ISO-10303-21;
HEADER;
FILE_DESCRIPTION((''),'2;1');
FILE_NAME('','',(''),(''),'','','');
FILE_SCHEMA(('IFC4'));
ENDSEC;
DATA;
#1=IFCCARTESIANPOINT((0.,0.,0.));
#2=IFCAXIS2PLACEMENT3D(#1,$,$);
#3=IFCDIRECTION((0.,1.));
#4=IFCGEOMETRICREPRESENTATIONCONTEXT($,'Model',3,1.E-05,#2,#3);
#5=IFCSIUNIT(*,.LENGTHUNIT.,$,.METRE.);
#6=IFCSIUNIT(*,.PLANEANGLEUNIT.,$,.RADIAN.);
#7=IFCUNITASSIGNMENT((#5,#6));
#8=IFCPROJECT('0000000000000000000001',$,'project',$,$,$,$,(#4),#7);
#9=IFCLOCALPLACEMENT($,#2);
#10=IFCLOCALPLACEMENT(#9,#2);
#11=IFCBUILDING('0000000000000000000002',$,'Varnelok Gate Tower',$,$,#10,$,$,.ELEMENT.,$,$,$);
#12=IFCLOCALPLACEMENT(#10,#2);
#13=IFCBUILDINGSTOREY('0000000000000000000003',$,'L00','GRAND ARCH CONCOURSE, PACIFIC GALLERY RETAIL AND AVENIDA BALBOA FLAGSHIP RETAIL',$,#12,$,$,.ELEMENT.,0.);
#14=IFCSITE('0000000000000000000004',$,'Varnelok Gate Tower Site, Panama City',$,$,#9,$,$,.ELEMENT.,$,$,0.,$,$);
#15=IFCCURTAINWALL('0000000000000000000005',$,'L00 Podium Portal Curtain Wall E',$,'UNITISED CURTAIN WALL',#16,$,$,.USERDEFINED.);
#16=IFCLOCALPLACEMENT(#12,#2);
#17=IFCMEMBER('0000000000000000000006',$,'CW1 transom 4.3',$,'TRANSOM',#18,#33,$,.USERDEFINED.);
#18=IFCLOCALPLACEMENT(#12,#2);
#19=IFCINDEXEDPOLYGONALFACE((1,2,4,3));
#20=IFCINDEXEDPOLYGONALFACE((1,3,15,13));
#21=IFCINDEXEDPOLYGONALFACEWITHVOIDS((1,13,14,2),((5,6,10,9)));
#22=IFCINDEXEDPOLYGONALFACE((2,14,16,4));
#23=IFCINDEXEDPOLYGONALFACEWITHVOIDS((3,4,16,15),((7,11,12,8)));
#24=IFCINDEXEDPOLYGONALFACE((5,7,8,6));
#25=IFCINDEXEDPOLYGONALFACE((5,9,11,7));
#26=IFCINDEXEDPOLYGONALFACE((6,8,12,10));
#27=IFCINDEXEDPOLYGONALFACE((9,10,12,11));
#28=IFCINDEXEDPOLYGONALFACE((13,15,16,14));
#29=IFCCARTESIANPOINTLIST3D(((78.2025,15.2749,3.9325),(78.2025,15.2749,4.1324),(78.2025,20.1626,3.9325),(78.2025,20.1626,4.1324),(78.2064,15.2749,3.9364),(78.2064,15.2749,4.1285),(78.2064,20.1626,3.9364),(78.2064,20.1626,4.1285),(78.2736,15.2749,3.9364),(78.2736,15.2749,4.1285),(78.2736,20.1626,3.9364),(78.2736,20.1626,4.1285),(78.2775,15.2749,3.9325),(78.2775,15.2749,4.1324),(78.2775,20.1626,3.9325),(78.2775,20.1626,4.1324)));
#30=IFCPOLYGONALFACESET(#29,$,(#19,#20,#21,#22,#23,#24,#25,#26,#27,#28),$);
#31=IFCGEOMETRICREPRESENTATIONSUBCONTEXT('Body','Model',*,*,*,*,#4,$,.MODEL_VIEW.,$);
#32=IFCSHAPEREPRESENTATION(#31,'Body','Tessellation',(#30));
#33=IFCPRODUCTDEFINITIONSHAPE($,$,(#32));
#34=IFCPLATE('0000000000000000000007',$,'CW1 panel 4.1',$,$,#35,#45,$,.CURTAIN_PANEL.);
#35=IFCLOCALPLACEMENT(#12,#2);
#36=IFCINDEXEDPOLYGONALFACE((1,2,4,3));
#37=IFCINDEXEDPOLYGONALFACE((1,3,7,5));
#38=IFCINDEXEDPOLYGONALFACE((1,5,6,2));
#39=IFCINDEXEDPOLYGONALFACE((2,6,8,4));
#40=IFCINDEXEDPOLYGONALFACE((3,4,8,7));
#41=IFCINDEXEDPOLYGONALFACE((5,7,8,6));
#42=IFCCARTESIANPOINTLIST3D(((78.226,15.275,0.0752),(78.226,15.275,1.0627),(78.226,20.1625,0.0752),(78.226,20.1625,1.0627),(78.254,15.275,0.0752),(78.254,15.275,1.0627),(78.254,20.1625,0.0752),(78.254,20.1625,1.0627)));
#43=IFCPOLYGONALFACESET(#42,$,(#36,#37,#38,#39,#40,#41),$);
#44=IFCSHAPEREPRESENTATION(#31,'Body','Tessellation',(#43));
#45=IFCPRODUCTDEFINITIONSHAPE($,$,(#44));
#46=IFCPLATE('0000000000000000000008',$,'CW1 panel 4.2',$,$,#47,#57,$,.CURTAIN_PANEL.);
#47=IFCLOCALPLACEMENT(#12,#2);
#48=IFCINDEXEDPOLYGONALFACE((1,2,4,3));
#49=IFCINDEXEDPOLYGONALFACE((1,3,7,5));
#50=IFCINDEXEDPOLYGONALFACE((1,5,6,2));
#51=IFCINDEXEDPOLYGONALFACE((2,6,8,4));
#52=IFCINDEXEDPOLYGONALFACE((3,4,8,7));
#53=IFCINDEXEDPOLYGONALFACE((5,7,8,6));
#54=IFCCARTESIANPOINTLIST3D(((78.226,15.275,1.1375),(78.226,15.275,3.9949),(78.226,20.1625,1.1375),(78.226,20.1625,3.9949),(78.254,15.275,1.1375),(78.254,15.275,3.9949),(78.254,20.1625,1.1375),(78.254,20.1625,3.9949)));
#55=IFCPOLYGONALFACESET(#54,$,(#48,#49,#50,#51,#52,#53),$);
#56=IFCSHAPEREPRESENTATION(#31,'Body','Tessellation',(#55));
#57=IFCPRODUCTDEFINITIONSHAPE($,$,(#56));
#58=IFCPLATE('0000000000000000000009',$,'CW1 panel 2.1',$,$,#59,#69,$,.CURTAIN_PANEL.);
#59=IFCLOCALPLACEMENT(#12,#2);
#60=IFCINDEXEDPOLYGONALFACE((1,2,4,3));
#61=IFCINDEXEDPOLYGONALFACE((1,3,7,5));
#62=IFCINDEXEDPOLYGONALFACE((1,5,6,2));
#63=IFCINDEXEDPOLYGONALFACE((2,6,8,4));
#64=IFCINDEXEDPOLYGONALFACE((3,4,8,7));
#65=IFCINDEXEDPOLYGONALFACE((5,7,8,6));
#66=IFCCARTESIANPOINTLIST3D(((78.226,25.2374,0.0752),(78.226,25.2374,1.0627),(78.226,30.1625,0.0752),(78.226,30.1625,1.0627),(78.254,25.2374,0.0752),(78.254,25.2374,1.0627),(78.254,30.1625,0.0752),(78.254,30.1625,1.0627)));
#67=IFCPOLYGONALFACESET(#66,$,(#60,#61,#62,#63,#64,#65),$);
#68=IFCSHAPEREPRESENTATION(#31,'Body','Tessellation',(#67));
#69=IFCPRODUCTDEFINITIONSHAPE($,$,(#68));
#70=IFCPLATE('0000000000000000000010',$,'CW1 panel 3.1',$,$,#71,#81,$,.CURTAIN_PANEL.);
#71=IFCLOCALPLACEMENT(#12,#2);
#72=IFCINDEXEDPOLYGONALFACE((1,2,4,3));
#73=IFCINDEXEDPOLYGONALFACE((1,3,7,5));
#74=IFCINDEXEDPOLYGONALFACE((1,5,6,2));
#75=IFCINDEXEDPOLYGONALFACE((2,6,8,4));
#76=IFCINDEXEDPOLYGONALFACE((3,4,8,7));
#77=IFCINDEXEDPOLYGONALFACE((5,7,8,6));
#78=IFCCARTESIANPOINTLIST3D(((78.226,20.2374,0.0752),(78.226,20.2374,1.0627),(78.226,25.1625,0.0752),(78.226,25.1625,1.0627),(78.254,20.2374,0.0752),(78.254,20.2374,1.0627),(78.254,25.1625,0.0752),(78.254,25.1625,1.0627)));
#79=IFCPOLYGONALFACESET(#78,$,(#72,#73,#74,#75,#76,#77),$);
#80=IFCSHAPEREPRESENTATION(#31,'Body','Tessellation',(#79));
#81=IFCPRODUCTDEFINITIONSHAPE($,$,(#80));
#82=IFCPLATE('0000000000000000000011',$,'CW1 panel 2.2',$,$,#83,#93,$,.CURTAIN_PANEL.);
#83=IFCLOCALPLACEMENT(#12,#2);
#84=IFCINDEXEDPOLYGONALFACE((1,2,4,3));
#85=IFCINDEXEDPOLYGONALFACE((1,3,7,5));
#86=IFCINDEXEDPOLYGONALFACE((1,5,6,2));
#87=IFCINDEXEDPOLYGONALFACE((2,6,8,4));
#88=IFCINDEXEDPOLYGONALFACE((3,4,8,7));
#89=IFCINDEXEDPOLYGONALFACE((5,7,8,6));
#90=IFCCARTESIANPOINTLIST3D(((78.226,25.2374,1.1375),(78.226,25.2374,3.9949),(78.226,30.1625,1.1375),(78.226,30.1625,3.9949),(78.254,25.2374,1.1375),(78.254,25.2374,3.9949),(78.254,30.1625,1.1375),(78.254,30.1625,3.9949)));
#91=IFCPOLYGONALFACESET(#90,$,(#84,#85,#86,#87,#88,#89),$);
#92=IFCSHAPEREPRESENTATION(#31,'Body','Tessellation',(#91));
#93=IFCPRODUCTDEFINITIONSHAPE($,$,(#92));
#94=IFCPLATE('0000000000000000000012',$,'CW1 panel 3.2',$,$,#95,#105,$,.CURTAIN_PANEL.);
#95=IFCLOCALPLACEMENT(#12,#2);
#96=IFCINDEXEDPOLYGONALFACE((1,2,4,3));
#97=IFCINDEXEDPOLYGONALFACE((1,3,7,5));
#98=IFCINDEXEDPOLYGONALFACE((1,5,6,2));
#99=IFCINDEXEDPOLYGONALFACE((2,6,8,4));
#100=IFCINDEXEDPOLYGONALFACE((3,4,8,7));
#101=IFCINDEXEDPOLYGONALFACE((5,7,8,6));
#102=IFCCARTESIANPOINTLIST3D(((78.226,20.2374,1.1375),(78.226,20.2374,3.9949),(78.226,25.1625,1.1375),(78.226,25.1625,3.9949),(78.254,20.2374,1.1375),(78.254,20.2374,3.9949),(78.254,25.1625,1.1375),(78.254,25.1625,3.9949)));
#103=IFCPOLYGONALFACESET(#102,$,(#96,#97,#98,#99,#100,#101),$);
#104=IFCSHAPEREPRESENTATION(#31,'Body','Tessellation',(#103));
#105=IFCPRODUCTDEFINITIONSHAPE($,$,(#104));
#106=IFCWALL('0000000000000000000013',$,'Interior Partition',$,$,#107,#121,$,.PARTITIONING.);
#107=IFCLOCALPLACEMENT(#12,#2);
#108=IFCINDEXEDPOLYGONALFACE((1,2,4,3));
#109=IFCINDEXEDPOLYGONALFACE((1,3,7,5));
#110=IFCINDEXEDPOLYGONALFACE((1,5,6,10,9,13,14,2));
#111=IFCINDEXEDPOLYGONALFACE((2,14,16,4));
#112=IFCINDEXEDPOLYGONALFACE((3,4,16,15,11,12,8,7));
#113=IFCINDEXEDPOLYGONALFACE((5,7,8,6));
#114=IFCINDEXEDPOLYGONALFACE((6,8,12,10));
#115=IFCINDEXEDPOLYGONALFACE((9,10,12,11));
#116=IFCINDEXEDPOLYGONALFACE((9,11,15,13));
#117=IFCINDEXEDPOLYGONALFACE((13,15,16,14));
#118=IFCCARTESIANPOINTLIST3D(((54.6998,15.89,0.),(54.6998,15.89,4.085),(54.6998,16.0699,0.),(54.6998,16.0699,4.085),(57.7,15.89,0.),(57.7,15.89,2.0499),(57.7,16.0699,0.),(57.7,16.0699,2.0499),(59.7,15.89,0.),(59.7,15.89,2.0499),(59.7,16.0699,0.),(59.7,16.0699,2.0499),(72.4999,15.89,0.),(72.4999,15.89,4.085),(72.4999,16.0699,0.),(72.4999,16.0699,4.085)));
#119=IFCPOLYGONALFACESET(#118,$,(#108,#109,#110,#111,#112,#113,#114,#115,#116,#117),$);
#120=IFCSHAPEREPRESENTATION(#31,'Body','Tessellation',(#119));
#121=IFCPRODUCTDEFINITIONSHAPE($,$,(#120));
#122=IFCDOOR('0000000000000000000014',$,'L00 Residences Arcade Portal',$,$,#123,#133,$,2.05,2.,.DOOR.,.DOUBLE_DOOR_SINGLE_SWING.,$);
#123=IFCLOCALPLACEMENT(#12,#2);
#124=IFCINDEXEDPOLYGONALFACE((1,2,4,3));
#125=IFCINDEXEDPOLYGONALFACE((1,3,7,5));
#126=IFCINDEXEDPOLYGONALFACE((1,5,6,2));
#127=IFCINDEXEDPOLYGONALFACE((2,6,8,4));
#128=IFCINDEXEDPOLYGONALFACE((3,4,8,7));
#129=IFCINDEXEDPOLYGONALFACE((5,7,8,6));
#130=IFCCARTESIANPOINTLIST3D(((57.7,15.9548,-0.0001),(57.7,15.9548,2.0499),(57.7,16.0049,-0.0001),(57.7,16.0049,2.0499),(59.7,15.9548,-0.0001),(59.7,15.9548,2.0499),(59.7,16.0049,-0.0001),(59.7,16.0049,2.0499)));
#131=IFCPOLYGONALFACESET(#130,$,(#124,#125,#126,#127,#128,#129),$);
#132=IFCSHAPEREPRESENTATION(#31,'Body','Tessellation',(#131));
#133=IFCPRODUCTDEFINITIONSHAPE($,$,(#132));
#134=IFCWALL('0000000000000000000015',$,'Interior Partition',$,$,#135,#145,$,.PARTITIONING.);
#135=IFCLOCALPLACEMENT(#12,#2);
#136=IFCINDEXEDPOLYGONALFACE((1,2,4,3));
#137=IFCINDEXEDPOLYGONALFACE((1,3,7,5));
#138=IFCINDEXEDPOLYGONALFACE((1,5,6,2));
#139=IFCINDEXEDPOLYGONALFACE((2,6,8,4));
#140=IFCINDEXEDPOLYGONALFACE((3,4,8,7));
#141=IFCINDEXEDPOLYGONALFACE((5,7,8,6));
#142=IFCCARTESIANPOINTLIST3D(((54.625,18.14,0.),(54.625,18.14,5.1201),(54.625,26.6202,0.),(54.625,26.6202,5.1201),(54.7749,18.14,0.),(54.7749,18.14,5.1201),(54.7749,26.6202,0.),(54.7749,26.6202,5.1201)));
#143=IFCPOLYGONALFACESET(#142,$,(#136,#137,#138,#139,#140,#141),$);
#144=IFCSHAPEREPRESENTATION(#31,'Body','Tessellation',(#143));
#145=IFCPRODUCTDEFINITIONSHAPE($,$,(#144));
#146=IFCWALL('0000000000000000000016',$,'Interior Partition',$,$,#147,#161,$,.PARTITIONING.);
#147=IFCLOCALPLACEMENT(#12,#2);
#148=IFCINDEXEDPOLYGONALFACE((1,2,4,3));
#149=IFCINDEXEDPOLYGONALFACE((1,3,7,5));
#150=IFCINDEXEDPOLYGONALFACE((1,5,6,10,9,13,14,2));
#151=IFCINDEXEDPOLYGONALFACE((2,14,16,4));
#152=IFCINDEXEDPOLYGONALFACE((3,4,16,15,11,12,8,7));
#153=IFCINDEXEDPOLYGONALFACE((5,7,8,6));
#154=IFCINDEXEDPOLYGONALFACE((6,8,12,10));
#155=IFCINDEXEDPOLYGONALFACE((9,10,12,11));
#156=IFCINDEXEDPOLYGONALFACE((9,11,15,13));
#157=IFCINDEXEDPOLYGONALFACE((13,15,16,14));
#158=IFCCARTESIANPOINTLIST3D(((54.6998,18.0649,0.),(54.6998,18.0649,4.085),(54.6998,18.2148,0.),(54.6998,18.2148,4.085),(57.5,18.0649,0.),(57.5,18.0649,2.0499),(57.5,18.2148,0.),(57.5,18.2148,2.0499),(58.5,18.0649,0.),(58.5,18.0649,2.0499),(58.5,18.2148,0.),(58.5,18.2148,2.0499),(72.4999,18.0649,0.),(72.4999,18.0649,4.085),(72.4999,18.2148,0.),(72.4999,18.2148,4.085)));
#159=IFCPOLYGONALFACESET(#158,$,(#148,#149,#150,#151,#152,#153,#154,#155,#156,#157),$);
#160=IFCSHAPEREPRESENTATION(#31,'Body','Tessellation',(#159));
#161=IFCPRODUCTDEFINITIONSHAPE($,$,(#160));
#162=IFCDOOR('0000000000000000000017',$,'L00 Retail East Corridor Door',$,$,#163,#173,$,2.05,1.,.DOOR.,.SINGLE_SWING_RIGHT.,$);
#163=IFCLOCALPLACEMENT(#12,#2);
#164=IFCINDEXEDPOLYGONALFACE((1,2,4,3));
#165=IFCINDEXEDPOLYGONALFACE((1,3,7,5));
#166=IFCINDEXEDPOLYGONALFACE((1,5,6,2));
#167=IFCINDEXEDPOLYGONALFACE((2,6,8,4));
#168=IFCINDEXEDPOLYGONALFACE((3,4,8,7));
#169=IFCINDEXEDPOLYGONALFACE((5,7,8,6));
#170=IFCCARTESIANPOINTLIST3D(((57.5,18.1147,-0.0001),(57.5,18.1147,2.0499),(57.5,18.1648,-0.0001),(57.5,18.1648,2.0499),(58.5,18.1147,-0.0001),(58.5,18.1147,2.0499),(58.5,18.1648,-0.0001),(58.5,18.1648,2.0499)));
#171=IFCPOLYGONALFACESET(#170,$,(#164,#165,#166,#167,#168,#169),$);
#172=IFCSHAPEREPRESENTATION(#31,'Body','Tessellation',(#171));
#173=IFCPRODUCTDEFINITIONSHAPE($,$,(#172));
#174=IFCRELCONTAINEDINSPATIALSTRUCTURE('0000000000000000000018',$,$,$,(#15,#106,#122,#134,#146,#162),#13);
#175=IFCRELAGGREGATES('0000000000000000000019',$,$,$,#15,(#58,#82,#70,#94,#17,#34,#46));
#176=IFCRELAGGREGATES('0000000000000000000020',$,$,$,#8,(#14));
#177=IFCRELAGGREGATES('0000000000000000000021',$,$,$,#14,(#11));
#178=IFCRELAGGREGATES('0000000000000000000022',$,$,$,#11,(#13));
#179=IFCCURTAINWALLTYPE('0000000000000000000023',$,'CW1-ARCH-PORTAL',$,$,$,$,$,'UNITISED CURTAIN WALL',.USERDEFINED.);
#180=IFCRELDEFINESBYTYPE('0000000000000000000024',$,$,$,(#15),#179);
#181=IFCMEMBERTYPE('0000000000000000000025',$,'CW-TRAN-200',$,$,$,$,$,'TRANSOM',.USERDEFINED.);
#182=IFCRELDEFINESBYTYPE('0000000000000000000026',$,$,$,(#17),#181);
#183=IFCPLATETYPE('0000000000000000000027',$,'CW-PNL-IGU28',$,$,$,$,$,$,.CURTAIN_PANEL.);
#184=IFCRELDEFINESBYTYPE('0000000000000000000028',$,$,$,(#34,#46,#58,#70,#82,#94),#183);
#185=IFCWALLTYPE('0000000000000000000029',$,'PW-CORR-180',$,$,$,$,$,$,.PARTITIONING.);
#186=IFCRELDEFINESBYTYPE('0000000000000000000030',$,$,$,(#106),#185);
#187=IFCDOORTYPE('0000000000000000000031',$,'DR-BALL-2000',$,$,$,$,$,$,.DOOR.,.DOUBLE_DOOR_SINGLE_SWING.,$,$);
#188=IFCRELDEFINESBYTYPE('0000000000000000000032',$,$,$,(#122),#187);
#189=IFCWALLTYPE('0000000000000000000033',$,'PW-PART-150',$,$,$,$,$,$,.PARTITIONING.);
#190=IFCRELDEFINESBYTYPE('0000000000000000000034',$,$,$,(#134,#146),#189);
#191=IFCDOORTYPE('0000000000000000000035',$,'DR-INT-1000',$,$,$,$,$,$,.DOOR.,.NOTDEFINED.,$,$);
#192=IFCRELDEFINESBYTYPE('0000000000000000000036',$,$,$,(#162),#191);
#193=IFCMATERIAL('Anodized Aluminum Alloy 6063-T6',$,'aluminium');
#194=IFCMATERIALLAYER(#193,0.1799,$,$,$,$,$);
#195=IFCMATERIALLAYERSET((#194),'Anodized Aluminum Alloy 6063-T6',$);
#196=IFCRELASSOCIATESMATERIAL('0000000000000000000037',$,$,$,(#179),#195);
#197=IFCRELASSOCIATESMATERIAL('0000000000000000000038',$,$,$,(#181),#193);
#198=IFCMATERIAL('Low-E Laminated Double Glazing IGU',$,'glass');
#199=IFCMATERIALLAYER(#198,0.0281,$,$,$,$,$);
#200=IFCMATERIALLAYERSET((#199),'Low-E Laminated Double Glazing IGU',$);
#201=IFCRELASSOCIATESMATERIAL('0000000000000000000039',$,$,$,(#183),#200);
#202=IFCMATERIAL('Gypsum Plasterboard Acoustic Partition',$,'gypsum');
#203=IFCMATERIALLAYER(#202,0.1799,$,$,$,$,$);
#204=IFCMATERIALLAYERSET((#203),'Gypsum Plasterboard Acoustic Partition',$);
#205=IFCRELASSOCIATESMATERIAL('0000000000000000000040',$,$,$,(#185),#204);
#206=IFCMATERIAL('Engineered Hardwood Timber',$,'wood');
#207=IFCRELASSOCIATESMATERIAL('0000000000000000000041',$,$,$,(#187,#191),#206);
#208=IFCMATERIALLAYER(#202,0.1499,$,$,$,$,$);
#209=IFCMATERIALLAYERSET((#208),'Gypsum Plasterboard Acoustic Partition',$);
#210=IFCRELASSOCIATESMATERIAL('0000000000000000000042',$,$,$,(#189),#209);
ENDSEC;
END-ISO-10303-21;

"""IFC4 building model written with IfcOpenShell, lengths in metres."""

from ifc_helpers import new_model, si_unit, direction, frame, frame_2d, origin, origin_2d, place, context, subcontext, project, spatial, rectangle, hollow_rectangle, extrude, source, transform, mapped, material, layer, layer_set, material_profile, profile_set, type_object, element, fill, aggregate, save


model = new_model("IFC4")

# Units and contexts
model_context = context("Model", 3, precision=1e-05, world=origin(), true_north=direction((0.0, 1.0)))
body_context = subcontext(model_context, "Body", "Model", "MODEL_VIEW")
ifc_project = project(units=[si_unit("LENGTHUNIT", "METRE"), si_unit("PLANEANGLEUNIT", "RADIAN")], contexts=[model_context])

# Site, building, storey
site_placement = place(None, origin())
site = spatial("IfcSite", under=ifc_project, at=site_placement, Name="Varnelok Gate Tower Site, Panama City", CompositionType="ELEMENT", RefElevation=0.0)
building_placement = place(site_placement, origin())
building = spatial("IfcBuilding", under=site, at=building_placement, Name="Varnelok Gate Tower", CompositionType="ELEMENT")
storey_placement = place(building_placement, origin())
storey = spatial("IfcBuildingStorey", under=building, at=storey_placement, Name="L00", Description="GRAND ARCH CONCOURSE, PACIFIC GALLERY RETAIL AND AVENIDA BALBOA FLAGSHIP RETAIL", CompositionType="ELEMENT", Elevation=0.0)

# Curtain wall, member, plates
ifc_material_1 = material(Name="Anodized Aluminum Alloy 6063-T6", Category="aluminium")
ifc_layer_1 = layer(ifc_material_1, 0.1799)
ifc_layer_set_1 = layer_set([ifc_layer_1], Name="Anodized Aluminum Alloy 6063-T6")
curtain_wall_type = type_object("IfcCurtainWallType", Name="CW1-ARCH-PORTAL", ElementType="UNITISED CURTAIN WALL", PredefinedType="USERDEFINED", material=ifc_layer_set_1)
curtain_wall_placement = place(storey_placement, origin())
curtain_wall = element("IfcCurtainWall", 1, at=curtain_wall_placement, inside=storey, type_object=curtain_wall_type, Name="L00 Podium Portal Curtain Wall E", ObjectType="UNITISED CURTAIN WALL", PredefinedType="USERDEFINED")
ifc_material_profile_1 = material_profile(ifc_material_1, hollow_rectangle(XDim=0.075, YDim=0.2, WallThickness=0.0039, at=origin_2d()), Name="ALU200X75X4")
ifc_profile_set_1 = profile_set([ifc_material_profile_1], Name="Anodized Aluminum Alloy 6063-T6")
member_type_1 = type_object("IfcMemberType", Name="CW-TRAN-200", ElementType="TRANSOM", PredefinedType="USERDEFINED", material=ifc_profile_set_1)
member_1_placement = place(storey_placement, frame((78.24, 20.1626, 4.0325), z_axis=(0.0, -1.0, 0.0), x_axis=(1.0, 0.0, 0.0)))
member_1 = element("IfcMember", 2, at=member_1_placement, type_object=member_type_1, Name="CW1 transom 4.3", ObjectType="TRANSOM", PredefinedType="USERDEFINED", context=body_context, shape_type="SweptSolid", body=[
    extrude(hollow_rectangle(XDim=0.075, YDim=0.2, WallThickness=0.0039, at=origin_2d()), origin(), (0.0, 0.0, 1.0), 4.8877),
])
ifc_material_2 = material(Name="Low-E Laminated Double Glazing IGU", Category="glass")
ifc_layer_2 = layer(ifc_material_2, 0.0281)
ifc_layer_set_2 = layer_set([ifc_layer_2], Name="Low-E Laminated Double Glazing IGU")
plate_type = type_object("IfcPlateType", Name="CW-PNL-IGU28", PredefinedType="CURTAIN_PANEL", material=ifc_layer_set_2)
shared_shape_1 = source(origin(), body_context, "Body", "SweptSolid", [
    extrude(rectangle(XDim=4.8875, YDim=0.0281, at=origin_2d()), origin(), (0.0, 0.0, 1.0), 0.9875),
])
plate_1_placement = place(storey_placement, frame((78.24, 17.7188, 0.0752), z_axis=(0.0, 0.0, 1.0), x_axis=(0.0, -1.0, 0.0)))
plate_1 = element("IfcPlate", 3, at=plate_1_placement, type_object=plate_type, Name="CW1 panel 4.1", PredefinedType="CURTAIN_PANEL", context=body_context, shape_type="MappedRepresentation", body=[
    mapped(shared_shape_1, transform((0.0, 0.0, 0.0), scale=1.0)),
])
shared_shape_2 = source(origin(), body_context, "Body", "SweptSolid", [
    extrude(rectangle(XDim=4.8875, YDim=0.0281, at=origin_2d()), origin(), (0.0, 0.0, 1.0), 2.8574),
])
plate_2_placement = place(storey_placement, frame((78.24, 17.7188, 1.1375), z_axis=(0.0, 0.0, 1.0), x_axis=(0.0, -1.0, 0.0)))
plate_2 = element("IfcPlate", 4, at=plate_2_placement, type_object=plate_type, Name="CW1 panel 4.2", PredefinedType="CURTAIN_PANEL", context=body_context, shape_type="MappedRepresentation", body=[
    mapped(shared_shape_2, transform((0.0, 0.0, 0.0), scale=1.0)),
])
shared_shape_3 = source(origin(), body_context, "Body", "SweptSolid", [
    extrude(rectangle(XDim=4.925, YDim=0.0281, at=origin_2d()), origin(), (0.0, 0.0, 1.0), 0.9875),
])
plate_3_placement = place(storey_placement, frame((78.24, 27.7, 0.0752), z_axis=(0.0, 0.0, 1.0), x_axis=(0.0, -1.0, 0.0)))
plate_3 = element("IfcPlate", 5, at=plate_3_placement, type_object=plate_type, Name="CW1 panel 2.1", PredefinedType="CURTAIN_PANEL", context=body_context, shape_type="MappedRepresentation", body=[
    mapped(shared_shape_3, transform((0.0, 0.0, 0.0), scale=1.0)),
])
plate_4_placement = place(storey_placement, frame((78.24, 22.7, 0.0752), z_axis=(0.0, 0.0, 1.0), x_axis=(0.0, -1.0, 0.0)))
plate_4 = element("IfcPlate", 6, at=plate_4_placement, type_object=plate_type, Name="CW1 panel 3.1", PredefinedType="CURTAIN_PANEL", context=body_context, shape_type="MappedRepresentation", body=[
    mapped(shared_shape_3, transform((0.0, 0.0, 0.0), scale=1.0)),
])
shared_shape_4 = source(origin(), body_context, "Body", "SweptSolid", [
    extrude(rectangle(XDim=4.925, YDim=0.0281, at=origin_2d()), origin(), (0.0, 0.0, 1.0), 2.8574),
])
plate_5_placement = place(storey_placement, frame((78.24, 27.7, 1.1375), z_axis=(0.0, 0.0, 1.0), x_axis=(0.0, -1.0, 0.0)))
plate_5 = element("IfcPlate", 7, at=plate_5_placement, type_object=plate_type, Name="CW1 panel 2.2", PredefinedType="CURTAIN_PANEL", context=body_context, shape_type="MappedRepresentation", body=[
    mapped(shared_shape_4, transform((0.0, 0.0, 0.0), scale=1.0)),
])
plate_6_placement = place(storey_placement, frame((78.24, 22.7, 1.1375), z_axis=(0.0, 0.0, 1.0), x_axis=(0.0, -1.0, 0.0)))
plate_6 = element("IfcPlate", 8, at=plate_6_placement, type_object=plate_type, Name="CW1 panel 3.2", PredefinedType="CURTAIN_PANEL", context=body_context, shape_type="MappedRepresentation", body=[
    mapped(shared_shape_4, transform((0.0, 0.0, 0.0), scale=1.0)),
])
aggregate(curtain_wall, [plate_3, plate_5, plate_4, plate_6, member_1, plate_1, plate_2])

# Wall, opening, door
ifc_material_3 = material(Name="Gypsum Plasterboard Acoustic Partition", Category="gypsum")
ifc_layer_3 = layer(ifc_material_3, 0.1799)
ifc_layer_set_3 = layer_set([ifc_layer_3], Name="Gypsum Plasterboard Acoustic Partition")
wall_type_1 = type_object("IfcWallType", Name="PW-CORR-180", PredefinedType="PARTITIONING", material=ifc_layer_set_3)
wall_1_placement = place(storey_placement, frame((54.7, 15.98, 0.0), z_axis=(0.0, 0.0, 1.0), x_axis=(1.0, 0.0, 0.0)))
wall_1 = element("IfcWall", 9, at=wall_1_placement, inside=storey, type_object=wall_type_1, Name="Interior Partition", PredefinedType="PARTITIONING", context=body_context, shape_type="SweptSolid", body=[
    extrude(rectangle(XDim=17.8, YDim=0.1799, at=frame_2d((8.8999, 0.0))), origin(), (0.0, 0.0, 1.0), 4.085),
])
opening_1_placement = place(wall_1_placement, frame((3.0, 0.0, 0.0)))
opening_1 = element("IfcOpeningElement", 10, at=opening_1_placement, cuts=wall_1, PredefinedType="OPENING", context=body_context, shape_type="SweptSolid", body=[
    extrude(rectangle(XDim=2.0, YDim=2.05, at=frame_2d((1.0, 1.0249))), frame((0.0, 0.0999, 0.0), z_axis=(0.0, -1.0, 0.0), x_axis=(1.0, 0.0, 0.0)), (0.0, 0.0, 1.0), 0.2),
])
ifc_material_4 = material(Name="Engineered Hardwood Timber", Category="wood")
door_type_1 = type_object("IfcDoorType", Name="DR-BALL-2000", OperationType="DOUBLE_DOOR_SINGLE_SWING", PredefinedType="DOOR", material=ifc_material_4)
door_1_placement = place(opening_1_placement, origin())
door_1 = element("IfcDoor", 11, at=door_1_placement, inside=storey, type_object=door_type_1, Name="L00 Residences Arcade Portal", OperationType="DOUBLE_DOOR_SINGLE_SWING", OverallHeight=2.05, OverallWidth=2.0, PredefinedType="DOOR", context=body_context, shape_type="SweptSolid", body=[
    extrude(rectangle(XDim=2.0, YDim=2.05, at=frame_2d((1.0, 1.0249))), frame((0.0, 0.0249, 0.0), z_axis=(0.0, -1.0, 0.0), x_axis=(1.0, 0.0, 0.0)), (0.0, 0.0, 1.0), 0.05),
])
fill(opening_1, door_1)

# Wall
ifc_layer_4 = layer(ifc_material_3, 0.1499)
ifc_layer_set_4 = layer_set([ifc_layer_4], Name="Gypsum Plasterboard Acoustic Partition")
wall_type_2 = type_object("IfcWallType", Name="PW-PART-150", PredefinedType="PARTITIONING", material=ifc_layer_set_4)
wall_2_placement = place(storey_placement, frame((54.7, 18.1399, 0.0), z_axis=(0.0, 0.0, 1.0), x_axis=(0.0, 1.0, 0.0)))
element("IfcWall", 12, at=wall_2_placement, inside=storey, type_object=wall_type_2, Name="Interior Partition", PredefinedType="PARTITIONING", context=body_context, shape_type="SweptSolid", body=[
    extrude(rectangle(XDim=8.4802, YDim=0.1499, at=frame_2d((4.2402, 0.0))), origin(), (0.0, 0.0, 1.0), 5.1201),
])

# Wall, opening, door
wall_3_placement = place(storey_placement, frame((54.7, 18.1399, 0.0), z_axis=(0.0, 0.0, 1.0), x_axis=(1.0, 0.0, 0.0)))
wall_3 = element("IfcWall", 13, at=wall_3_placement, inside=storey, type_object=wall_type_2, Name="Interior Partition", PredefinedType="PARTITIONING", context=body_context, shape_type="SweptSolid", body=[
    extrude(rectangle(XDim=17.8, YDim=0.1499, at=frame_2d((8.8999, 0.0))), origin(), (0.0, 0.0, 1.0), 4.085),
])
opening_2_placement = place(wall_3_placement, frame((2.8, 0.0, 0.0)))
opening_2 = element("IfcOpeningElement", 14, at=opening_2_placement, cuts=wall_3, PredefinedType="OPENING", context=body_context, shape_type="SweptSolid", body=[
    extrude(rectangle(XDim=1.0, YDim=2.05, at=frame_2d((0.5, 1.0249))), frame((0.0, 0.085, 0.0), z_axis=(0.0, -1.0, 0.0), x_axis=(1.0, 0.0, 0.0)), (0.0, 0.0, 1.0), 0.1699),
])
door_type_2 = type_object("IfcDoorType", Name="DR-INT-1000", OperationType="NOTDEFINED", PredefinedType="DOOR", material=ifc_material_4)
door_2_placement = place(opening_2_placement, origin())
door_2 = element("IfcDoor", 15, at=door_2_placement, inside=storey, type_object=door_type_2, Name="L00 Retail East Corridor Door", OperationType="SINGLE_SWING_RIGHT", OverallHeight=2.05, OverallWidth=1.0, PredefinedType="DOOR", context=body_context, shape_type="SweptSolid", body=[
    extrude(rectangle(XDim=1.0, YDim=2.05, at=frame_2d((0.5, 1.0249))), frame((0.0, 0.0249, 0.0), z_axis=(0.0, -1.0, 0.0), x_axis=(1.0, 0.0, 0.0)), (0.0, 0.0, 1.0), 0.05),
])
fill(opening_2, door_2)

save(model, "model.ifc")
